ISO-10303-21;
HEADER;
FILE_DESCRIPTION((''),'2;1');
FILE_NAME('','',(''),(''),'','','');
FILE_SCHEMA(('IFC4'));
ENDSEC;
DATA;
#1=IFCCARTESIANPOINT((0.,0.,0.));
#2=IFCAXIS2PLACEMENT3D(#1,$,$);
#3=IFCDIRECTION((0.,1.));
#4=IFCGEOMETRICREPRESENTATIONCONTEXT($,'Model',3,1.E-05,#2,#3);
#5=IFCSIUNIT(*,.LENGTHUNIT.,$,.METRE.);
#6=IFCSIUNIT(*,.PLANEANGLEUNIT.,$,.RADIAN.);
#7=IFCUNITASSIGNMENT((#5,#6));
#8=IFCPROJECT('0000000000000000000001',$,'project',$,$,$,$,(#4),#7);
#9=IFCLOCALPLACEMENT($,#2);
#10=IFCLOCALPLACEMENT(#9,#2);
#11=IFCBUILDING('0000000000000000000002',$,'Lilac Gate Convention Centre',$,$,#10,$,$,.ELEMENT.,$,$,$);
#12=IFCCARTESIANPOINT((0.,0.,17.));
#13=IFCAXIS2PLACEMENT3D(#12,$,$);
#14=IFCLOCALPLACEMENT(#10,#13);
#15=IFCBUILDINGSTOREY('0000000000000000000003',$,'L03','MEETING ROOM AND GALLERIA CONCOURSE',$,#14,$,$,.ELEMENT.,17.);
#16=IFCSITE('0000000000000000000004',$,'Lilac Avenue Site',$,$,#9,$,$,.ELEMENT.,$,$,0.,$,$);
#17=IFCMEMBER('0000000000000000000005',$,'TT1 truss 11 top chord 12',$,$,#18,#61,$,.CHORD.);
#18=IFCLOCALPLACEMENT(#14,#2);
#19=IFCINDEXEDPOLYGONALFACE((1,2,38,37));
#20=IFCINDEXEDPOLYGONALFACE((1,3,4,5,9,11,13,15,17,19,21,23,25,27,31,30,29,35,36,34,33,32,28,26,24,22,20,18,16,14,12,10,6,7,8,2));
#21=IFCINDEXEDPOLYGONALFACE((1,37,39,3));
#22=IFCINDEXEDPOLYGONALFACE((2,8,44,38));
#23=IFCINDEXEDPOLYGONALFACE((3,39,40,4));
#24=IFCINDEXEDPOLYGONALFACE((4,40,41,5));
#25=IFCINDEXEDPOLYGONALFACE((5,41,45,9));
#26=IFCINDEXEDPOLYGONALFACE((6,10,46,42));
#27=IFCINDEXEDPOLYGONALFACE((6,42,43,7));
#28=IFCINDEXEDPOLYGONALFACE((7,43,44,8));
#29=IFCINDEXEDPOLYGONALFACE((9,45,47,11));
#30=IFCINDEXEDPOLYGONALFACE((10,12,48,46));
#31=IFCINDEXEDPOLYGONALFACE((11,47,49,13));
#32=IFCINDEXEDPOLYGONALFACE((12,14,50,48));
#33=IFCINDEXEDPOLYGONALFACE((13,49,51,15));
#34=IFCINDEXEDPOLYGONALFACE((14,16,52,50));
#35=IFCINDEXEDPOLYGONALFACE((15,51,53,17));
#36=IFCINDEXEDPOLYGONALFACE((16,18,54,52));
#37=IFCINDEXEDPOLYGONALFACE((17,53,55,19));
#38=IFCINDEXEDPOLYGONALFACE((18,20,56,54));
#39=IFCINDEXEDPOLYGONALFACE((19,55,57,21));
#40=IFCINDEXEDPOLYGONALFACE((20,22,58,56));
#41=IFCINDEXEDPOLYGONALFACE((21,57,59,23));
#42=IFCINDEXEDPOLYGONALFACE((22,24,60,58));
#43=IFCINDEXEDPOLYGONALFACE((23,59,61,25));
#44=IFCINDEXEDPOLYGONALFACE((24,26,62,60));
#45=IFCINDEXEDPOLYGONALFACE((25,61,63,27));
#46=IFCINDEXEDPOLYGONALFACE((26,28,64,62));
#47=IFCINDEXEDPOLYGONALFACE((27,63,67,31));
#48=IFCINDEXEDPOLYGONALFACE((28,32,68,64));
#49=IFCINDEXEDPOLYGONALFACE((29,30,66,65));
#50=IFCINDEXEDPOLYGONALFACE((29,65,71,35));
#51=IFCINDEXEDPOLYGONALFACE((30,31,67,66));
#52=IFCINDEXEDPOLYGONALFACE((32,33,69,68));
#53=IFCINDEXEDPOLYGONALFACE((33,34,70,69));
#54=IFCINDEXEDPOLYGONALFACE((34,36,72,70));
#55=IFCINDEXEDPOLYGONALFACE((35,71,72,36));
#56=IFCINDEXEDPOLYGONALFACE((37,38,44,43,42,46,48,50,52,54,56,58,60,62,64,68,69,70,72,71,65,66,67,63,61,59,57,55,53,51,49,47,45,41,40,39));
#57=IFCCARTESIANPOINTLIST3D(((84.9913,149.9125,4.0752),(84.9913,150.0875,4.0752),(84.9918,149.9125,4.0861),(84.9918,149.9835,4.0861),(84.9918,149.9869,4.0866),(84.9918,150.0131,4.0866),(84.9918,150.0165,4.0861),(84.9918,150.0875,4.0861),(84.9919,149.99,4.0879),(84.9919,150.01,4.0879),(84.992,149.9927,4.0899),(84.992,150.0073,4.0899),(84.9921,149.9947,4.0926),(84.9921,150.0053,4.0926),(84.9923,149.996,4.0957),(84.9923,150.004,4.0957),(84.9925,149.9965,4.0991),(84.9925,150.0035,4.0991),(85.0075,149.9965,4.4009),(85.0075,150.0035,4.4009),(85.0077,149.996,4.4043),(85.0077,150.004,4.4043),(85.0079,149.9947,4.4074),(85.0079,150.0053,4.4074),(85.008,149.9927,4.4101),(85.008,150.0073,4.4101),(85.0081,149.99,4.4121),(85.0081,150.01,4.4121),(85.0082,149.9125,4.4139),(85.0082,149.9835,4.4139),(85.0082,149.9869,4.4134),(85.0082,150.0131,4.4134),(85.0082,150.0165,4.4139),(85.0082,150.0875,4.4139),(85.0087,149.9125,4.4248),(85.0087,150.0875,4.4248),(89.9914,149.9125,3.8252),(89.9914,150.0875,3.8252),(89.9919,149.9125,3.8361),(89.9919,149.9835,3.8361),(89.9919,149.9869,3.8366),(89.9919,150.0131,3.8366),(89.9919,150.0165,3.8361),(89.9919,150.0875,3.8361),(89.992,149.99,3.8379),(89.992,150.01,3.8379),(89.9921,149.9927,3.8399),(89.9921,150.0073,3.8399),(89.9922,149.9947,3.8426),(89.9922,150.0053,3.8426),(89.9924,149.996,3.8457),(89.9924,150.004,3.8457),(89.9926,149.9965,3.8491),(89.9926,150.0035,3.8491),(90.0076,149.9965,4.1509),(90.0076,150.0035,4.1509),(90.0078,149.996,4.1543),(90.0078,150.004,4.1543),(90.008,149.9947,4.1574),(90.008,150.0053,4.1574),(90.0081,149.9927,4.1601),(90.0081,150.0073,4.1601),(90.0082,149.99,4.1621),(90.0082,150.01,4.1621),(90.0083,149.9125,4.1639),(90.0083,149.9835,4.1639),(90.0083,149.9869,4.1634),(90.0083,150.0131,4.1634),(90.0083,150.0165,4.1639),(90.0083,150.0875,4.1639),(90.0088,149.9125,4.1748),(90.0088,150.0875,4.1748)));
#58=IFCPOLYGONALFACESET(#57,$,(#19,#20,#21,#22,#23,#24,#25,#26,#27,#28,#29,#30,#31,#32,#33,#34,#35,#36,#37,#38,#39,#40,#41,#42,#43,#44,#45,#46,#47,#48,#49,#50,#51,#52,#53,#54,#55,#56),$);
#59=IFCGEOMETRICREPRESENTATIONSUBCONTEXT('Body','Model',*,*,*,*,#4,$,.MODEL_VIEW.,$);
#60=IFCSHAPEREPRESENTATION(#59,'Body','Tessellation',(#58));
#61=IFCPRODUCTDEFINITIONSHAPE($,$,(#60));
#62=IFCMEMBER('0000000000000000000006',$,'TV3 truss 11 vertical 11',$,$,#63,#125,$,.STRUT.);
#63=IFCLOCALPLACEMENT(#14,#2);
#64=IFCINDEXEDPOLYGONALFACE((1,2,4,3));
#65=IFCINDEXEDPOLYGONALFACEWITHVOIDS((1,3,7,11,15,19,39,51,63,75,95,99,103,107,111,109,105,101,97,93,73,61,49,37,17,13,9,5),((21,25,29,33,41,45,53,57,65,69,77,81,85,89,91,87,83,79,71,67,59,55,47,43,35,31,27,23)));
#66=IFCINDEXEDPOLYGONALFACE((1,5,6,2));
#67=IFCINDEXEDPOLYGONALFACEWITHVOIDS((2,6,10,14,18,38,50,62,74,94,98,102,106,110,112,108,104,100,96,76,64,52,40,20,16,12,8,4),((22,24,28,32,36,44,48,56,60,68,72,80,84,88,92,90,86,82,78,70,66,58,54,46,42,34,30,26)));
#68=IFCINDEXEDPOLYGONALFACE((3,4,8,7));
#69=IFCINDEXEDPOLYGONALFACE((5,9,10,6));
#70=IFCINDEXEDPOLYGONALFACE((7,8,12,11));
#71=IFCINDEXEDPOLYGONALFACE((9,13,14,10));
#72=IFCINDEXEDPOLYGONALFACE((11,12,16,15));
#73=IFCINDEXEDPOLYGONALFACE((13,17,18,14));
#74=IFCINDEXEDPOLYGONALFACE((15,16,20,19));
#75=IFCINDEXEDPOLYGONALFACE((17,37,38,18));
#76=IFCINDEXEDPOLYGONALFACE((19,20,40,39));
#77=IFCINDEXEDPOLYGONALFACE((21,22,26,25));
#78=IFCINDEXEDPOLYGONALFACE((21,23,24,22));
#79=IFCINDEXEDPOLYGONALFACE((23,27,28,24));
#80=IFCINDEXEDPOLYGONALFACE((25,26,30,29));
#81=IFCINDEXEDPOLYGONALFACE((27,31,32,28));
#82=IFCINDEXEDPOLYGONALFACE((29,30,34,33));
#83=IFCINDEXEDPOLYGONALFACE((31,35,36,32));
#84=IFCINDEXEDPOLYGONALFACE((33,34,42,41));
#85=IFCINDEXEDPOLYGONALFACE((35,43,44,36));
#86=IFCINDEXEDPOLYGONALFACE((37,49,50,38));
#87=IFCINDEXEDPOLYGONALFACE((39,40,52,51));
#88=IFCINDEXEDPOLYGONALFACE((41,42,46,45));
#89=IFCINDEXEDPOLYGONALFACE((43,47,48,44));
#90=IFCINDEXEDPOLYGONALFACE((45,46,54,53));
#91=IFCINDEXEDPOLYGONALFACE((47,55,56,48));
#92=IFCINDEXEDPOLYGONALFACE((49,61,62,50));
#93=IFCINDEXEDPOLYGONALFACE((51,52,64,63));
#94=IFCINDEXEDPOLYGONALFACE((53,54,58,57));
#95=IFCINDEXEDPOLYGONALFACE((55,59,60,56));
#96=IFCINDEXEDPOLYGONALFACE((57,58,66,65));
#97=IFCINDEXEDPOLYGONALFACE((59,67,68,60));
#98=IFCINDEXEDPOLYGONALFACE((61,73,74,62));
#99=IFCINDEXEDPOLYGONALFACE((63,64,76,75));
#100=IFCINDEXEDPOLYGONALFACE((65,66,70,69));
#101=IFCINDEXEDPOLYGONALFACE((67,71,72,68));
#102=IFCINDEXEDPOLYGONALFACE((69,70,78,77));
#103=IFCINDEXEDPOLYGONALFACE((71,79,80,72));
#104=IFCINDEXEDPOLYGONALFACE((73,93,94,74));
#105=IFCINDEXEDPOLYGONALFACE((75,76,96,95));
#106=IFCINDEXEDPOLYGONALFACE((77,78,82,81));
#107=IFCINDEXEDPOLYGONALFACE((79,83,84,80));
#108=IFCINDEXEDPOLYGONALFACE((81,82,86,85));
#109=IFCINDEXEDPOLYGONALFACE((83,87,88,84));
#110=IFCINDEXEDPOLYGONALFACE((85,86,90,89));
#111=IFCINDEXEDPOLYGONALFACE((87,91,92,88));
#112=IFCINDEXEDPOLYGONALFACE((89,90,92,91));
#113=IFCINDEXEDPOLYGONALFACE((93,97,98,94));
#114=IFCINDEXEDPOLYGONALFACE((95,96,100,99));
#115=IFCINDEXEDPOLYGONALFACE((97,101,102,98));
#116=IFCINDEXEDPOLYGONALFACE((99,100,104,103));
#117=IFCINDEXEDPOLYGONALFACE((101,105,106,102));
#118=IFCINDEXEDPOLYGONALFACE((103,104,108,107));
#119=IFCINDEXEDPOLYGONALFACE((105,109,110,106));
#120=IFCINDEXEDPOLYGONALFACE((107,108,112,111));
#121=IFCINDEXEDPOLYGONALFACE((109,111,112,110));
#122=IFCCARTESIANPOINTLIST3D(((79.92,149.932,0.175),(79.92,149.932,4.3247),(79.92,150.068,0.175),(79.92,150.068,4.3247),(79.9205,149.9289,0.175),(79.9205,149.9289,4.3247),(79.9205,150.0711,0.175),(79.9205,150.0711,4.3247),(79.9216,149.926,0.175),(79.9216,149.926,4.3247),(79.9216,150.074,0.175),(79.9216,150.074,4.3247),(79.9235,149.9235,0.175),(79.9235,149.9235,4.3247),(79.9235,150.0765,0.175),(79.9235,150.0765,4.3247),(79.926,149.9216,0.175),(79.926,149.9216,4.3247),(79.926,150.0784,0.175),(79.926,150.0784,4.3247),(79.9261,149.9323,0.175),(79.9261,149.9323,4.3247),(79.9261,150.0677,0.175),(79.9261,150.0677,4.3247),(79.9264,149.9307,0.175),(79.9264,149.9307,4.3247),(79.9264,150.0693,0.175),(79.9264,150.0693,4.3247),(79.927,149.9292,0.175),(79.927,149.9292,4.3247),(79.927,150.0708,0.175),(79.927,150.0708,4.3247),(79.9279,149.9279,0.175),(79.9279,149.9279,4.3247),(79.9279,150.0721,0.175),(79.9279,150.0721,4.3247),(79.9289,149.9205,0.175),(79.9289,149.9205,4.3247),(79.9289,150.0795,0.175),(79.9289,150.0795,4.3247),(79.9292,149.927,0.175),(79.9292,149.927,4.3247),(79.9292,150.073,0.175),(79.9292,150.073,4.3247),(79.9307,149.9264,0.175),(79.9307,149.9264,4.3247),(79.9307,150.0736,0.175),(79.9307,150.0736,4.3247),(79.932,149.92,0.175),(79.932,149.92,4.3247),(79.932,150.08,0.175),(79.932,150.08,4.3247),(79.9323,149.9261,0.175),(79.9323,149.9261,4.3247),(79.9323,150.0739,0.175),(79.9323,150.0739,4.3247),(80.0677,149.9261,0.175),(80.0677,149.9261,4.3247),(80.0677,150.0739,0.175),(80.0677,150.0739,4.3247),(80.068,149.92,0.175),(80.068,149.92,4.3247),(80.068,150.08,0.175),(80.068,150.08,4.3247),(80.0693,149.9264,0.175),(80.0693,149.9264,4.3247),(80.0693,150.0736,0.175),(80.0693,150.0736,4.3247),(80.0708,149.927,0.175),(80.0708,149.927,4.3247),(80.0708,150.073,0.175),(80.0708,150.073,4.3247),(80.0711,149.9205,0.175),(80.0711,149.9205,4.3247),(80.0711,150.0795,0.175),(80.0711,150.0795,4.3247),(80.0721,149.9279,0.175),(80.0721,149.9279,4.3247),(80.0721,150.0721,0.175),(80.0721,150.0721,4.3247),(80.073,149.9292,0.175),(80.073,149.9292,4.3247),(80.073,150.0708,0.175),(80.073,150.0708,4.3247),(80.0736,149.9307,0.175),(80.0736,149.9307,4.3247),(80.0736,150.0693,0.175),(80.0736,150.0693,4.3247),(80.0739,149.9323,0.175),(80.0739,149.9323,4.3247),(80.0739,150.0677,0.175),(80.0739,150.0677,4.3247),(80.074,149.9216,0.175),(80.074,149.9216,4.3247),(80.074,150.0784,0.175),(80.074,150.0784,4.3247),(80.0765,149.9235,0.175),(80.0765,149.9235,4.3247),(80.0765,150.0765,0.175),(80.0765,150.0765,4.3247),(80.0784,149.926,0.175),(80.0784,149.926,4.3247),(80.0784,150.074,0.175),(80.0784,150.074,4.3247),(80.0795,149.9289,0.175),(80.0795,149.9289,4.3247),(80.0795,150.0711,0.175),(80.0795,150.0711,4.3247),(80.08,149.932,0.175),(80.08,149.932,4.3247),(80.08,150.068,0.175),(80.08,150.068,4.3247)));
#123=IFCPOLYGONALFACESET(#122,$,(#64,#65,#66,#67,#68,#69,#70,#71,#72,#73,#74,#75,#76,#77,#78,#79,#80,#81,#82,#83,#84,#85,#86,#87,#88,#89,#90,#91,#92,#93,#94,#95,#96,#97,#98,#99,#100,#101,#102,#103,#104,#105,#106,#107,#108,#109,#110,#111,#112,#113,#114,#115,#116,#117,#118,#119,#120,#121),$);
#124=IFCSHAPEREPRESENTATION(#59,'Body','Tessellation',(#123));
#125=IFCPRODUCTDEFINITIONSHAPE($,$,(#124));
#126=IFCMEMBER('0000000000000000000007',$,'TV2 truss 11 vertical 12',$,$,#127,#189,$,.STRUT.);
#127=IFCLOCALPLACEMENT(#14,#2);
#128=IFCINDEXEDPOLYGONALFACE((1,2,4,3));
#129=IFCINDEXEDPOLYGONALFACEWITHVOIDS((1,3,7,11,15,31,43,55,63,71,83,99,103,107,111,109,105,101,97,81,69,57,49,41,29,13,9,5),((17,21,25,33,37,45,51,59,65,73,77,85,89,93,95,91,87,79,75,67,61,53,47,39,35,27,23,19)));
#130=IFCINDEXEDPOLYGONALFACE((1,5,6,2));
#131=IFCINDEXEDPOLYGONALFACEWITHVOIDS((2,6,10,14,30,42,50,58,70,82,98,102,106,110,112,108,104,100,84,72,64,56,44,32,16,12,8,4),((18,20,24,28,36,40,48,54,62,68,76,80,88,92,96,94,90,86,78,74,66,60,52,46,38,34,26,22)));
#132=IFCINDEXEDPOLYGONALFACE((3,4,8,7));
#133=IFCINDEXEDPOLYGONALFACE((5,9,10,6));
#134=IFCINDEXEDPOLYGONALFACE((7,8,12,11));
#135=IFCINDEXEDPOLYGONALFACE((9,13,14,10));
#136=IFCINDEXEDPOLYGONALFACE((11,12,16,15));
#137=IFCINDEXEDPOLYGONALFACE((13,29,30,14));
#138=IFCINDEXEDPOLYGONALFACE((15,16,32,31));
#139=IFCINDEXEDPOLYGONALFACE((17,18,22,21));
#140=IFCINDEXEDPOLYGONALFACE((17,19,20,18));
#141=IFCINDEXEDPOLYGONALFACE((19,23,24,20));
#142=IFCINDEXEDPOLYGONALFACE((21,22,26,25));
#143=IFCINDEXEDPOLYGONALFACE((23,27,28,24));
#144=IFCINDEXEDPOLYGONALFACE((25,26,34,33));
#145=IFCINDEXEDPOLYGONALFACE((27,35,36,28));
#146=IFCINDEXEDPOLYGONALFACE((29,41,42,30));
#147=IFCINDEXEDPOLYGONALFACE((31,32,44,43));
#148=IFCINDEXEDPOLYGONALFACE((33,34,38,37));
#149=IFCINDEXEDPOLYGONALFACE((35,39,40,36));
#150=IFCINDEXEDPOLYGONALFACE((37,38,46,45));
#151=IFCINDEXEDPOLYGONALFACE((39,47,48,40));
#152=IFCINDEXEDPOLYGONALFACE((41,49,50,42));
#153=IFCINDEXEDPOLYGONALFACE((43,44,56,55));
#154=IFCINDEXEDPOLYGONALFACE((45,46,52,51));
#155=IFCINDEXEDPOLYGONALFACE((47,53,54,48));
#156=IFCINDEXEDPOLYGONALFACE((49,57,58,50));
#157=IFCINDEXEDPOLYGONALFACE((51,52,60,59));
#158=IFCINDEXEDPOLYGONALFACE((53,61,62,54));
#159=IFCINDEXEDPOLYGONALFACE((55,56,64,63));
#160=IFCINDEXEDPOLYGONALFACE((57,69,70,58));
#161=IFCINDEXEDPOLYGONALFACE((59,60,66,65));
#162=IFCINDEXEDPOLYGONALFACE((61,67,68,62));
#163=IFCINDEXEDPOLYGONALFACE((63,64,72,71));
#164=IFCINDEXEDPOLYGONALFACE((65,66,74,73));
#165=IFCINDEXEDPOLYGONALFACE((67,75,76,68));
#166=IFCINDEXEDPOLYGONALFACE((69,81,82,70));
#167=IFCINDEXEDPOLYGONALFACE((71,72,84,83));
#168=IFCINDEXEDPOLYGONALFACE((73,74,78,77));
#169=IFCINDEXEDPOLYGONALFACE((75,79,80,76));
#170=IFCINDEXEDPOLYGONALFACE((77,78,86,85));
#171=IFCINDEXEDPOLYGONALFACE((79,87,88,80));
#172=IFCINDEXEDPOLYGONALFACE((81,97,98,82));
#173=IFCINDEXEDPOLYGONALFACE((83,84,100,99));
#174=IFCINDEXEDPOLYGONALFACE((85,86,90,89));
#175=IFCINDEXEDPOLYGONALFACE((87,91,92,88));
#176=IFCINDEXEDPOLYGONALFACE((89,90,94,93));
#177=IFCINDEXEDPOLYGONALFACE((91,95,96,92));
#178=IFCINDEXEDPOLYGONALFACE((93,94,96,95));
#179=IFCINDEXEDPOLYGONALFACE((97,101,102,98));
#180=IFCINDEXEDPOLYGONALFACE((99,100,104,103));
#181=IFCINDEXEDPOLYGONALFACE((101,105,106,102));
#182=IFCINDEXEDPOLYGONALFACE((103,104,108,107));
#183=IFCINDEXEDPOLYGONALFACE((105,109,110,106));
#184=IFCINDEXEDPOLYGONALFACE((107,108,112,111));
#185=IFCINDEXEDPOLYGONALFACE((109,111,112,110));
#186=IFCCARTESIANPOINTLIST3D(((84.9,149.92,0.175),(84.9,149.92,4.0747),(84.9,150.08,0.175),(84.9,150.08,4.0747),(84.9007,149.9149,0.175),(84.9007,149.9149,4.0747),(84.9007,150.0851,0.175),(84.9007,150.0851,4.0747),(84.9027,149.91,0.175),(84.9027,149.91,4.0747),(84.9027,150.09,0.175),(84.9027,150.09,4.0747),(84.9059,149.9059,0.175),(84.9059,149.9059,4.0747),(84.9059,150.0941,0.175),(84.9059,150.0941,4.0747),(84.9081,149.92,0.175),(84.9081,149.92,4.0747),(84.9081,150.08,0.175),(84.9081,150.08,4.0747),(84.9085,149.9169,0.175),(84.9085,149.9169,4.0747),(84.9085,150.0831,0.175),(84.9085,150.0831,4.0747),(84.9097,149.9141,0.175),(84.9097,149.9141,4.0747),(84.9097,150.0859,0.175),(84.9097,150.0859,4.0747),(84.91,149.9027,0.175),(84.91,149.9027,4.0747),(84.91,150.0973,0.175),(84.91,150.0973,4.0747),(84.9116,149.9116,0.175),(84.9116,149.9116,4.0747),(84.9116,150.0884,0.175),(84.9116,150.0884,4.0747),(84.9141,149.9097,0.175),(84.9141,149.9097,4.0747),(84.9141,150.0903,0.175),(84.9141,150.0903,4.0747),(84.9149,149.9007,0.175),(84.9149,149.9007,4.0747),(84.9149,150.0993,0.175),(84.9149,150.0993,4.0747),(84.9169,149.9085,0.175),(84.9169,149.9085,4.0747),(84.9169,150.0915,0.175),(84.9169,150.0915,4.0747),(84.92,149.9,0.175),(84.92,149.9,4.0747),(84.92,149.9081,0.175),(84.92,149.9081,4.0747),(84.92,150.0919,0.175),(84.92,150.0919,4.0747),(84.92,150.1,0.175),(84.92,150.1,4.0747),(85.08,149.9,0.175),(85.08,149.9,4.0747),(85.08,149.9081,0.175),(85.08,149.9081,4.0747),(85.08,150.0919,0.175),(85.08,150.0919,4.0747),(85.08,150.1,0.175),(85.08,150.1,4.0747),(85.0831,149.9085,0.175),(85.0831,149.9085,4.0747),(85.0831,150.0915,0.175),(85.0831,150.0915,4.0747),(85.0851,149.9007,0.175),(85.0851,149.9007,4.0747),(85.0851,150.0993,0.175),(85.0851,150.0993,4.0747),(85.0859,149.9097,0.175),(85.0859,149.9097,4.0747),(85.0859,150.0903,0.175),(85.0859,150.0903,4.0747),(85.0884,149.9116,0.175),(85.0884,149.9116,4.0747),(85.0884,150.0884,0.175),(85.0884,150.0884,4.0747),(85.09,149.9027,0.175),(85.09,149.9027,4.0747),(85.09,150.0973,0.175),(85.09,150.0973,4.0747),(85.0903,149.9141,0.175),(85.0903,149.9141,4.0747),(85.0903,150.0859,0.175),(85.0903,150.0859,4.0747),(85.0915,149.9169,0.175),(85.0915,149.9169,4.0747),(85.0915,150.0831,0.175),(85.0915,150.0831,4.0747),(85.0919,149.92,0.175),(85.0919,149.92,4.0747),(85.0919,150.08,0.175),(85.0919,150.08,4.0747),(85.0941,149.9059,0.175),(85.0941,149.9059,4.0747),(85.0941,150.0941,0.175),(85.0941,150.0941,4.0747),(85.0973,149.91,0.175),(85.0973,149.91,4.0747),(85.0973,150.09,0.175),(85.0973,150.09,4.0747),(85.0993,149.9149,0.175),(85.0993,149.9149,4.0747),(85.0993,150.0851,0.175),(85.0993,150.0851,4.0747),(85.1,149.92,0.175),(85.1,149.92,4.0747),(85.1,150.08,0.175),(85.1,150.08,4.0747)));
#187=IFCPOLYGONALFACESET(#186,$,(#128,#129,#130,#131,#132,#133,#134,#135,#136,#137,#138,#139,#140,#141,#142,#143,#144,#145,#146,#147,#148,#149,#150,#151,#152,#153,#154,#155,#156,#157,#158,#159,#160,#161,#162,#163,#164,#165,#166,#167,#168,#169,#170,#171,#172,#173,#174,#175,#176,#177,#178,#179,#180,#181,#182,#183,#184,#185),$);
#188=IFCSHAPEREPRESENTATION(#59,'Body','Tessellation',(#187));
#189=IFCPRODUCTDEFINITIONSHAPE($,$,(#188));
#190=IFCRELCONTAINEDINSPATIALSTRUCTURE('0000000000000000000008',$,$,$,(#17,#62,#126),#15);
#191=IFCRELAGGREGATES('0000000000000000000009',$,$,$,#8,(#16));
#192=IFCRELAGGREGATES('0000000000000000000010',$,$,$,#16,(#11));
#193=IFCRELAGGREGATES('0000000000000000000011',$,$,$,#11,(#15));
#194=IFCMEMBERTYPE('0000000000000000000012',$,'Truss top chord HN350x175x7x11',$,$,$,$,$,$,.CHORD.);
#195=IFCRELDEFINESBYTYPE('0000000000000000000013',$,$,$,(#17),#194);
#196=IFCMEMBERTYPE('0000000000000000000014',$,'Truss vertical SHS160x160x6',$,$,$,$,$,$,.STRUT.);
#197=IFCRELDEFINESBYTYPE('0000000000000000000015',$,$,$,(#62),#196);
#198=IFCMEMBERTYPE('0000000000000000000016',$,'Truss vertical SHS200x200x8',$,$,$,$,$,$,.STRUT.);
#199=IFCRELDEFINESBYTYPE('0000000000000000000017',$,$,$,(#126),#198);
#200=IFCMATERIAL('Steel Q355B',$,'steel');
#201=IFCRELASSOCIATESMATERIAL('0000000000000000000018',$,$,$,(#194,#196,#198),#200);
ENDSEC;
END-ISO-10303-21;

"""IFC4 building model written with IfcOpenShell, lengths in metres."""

from ifc_helpers import new_model, si_unit, direction, frame, origin, origin_2d, place, context, subcontext, project, spatial, hollow_rectangle, i_section, extrude, material, material_profile, profile_set, type_object, element, save


model = new_model("IFC4")

# Units and contexts
model_context = context("Model", 3, precision=1e-05, world=origin(), true_north=direction((0.0, 1.0)))
body_context = subcontext(model_context, "Body", "Model", "MODEL_VIEW")
ifc_project = project(units=[si_unit("LENGTHUNIT", "METRE"), si_unit("PLANEANGLEUNIT", "RADIAN")], contexts=[model_context])

# Site, building, storey
site_placement = place(None, origin())
site = spatial("IfcSite", under=ifc_project, at=site_placement, Name="Lilac Avenue Site", CompositionType="ELEMENT", RefElevation=0.0)
building_placement = place(site_placement, origin())
building = spatial("IfcBuilding", under=site, at=building_placement, Name="Lilac Gate Convention Centre", CompositionType="ELEMENT")
storey_placement = place(building_placement, frame((0.0, 0.0, 17.0)))
storey = spatial("IfcBuildingStorey", under=building, at=storey_placement, Name="L03", Description="MEETING ROOM AND GALLERIA CONCOURSE", CompositionType="ELEMENT", Elevation=17.0)

# Members
ifc_material = material(Name="Steel Q355B", Category="steel")
ifc_material_profile_1 = material_profile(ifc_material, i_section(OverallWidth=0.175, OverallDepth=0.3501, WebThickness=0.0071, FlangeThickness=0.011, FilletRadius=0.0129, at=origin_2d()), Name="HN350x175x7x11")
ifc_profile_set_1 = profile_set([ifc_material_profile_1], Name="Steel Q355B")
member_type_1 = type_object("IfcMemberType", Name="Truss top chord HN350x175x7x11", PredefinedType="CHORD", material=ifc_profile_set_1)
for number, where, z_axis, x_axis, name in (
    (1, (85.0, 150.0, 4.25), (0.998752, 0.0, -0.049938), (0.0, 1.0, 0.0), "TT1 truss 11 top chord 12"),
):
    element("IfcMember", number, at=place(storey_placement, frame(where, z_axis=z_axis, x_axis=x_axis)), inside=storey, type_object=member_type_1, Name=name, PredefinedType="CHORD", context=body_context, shape_type="SweptSolid", body=[
        extrude(i_section(OverallWidth=0.175, OverallDepth=0.3501, WebThickness=0.0071, FlangeThickness=0.011, FilletRadius=0.0129, at=origin_2d()), origin(), (0.0, 0.0, 1.0), 5.0063),
    ])
ifc_material_profile_2 = material_profile(ifc_material, hollow_rectangle(XDim=0.1599, YDim=0.1599, WallThickness=0.0061, InnerFilletRadius=0.0061, OuterFilletRadius=0.012, at=origin_2d()), Name="SHS160x160x6")
ifc_profile_set_2 = profile_set([ifc_material_profile_2], Name="Steel Q355B")
member_type_2 = type_object("IfcMemberType", Name="Truss vertical SHS160x160x6", PredefinedType="STRUT", material=ifc_profile_set_2)
member_1_placement = place(storey_placement, frame((80.0, 150.0, 0.175), z_axis=(0.0, 0.0, 1.0), x_axis=(1.0, 0.0, 0.0)))
element("IfcMember", 2, at=member_1_placement, inside=storey, type_object=member_type_2, Name="TV3 truss 11 vertical 11", PredefinedType="STRUT", context=body_context, shape_type="SweptSolid", body=[
    extrude(hollow_rectangle(XDim=0.1599, YDim=0.1599, WallThickness=0.0061, InnerFilletRadius=0.0061, OuterFilletRadius=0.012, at=origin_2d()), origin(), (0.0, 0.0, 1.0), 4.1497),
])
ifc_material_profile_3 = material_profile(ifc_material, hollow_rectangle(XDim=0.2, YDim=0.2, WallThickness=0.0081, InnerFilletRadius=0.012, OuterFilletRadius=0.02, at=origin_2d()), Name="SHS200x200x8")
ifc_profile_set_3 = profile_set([ifc_material_profile_3], Name="Steel Q355B")
member_type_3 = type_object("IfcMemberType", Name="Truss vertical SHS200x200x8", PredefinedType="STRUT", material=ifc_profile_set_3)
member_2_placement = place(storey_placement, frame((85.0, 150.0, 0.175), z_axis=(0.0, 0.0, 1.0), x_axis=(1.0, 0.0, 0.0)))
element("IfcMember", 3, at=member_2_placement, inside=storey, type_object=member_type_3, Name="TV2 truss 11 vertical 12", PredefinedType="STRUT", context=body_context, shape_type="SweptSolid", body=[
    extrude(hollow_rectangle(XDim=0.2, YDim=0.2, WallThickness=0.0081, InnerFilletRadius=0.012, OuterFilletRadius=0.02, at=origin_2d()), origin(), (0.0, 0.0, 1.0), 3.8997),
])

save(model, "model.ifc")
